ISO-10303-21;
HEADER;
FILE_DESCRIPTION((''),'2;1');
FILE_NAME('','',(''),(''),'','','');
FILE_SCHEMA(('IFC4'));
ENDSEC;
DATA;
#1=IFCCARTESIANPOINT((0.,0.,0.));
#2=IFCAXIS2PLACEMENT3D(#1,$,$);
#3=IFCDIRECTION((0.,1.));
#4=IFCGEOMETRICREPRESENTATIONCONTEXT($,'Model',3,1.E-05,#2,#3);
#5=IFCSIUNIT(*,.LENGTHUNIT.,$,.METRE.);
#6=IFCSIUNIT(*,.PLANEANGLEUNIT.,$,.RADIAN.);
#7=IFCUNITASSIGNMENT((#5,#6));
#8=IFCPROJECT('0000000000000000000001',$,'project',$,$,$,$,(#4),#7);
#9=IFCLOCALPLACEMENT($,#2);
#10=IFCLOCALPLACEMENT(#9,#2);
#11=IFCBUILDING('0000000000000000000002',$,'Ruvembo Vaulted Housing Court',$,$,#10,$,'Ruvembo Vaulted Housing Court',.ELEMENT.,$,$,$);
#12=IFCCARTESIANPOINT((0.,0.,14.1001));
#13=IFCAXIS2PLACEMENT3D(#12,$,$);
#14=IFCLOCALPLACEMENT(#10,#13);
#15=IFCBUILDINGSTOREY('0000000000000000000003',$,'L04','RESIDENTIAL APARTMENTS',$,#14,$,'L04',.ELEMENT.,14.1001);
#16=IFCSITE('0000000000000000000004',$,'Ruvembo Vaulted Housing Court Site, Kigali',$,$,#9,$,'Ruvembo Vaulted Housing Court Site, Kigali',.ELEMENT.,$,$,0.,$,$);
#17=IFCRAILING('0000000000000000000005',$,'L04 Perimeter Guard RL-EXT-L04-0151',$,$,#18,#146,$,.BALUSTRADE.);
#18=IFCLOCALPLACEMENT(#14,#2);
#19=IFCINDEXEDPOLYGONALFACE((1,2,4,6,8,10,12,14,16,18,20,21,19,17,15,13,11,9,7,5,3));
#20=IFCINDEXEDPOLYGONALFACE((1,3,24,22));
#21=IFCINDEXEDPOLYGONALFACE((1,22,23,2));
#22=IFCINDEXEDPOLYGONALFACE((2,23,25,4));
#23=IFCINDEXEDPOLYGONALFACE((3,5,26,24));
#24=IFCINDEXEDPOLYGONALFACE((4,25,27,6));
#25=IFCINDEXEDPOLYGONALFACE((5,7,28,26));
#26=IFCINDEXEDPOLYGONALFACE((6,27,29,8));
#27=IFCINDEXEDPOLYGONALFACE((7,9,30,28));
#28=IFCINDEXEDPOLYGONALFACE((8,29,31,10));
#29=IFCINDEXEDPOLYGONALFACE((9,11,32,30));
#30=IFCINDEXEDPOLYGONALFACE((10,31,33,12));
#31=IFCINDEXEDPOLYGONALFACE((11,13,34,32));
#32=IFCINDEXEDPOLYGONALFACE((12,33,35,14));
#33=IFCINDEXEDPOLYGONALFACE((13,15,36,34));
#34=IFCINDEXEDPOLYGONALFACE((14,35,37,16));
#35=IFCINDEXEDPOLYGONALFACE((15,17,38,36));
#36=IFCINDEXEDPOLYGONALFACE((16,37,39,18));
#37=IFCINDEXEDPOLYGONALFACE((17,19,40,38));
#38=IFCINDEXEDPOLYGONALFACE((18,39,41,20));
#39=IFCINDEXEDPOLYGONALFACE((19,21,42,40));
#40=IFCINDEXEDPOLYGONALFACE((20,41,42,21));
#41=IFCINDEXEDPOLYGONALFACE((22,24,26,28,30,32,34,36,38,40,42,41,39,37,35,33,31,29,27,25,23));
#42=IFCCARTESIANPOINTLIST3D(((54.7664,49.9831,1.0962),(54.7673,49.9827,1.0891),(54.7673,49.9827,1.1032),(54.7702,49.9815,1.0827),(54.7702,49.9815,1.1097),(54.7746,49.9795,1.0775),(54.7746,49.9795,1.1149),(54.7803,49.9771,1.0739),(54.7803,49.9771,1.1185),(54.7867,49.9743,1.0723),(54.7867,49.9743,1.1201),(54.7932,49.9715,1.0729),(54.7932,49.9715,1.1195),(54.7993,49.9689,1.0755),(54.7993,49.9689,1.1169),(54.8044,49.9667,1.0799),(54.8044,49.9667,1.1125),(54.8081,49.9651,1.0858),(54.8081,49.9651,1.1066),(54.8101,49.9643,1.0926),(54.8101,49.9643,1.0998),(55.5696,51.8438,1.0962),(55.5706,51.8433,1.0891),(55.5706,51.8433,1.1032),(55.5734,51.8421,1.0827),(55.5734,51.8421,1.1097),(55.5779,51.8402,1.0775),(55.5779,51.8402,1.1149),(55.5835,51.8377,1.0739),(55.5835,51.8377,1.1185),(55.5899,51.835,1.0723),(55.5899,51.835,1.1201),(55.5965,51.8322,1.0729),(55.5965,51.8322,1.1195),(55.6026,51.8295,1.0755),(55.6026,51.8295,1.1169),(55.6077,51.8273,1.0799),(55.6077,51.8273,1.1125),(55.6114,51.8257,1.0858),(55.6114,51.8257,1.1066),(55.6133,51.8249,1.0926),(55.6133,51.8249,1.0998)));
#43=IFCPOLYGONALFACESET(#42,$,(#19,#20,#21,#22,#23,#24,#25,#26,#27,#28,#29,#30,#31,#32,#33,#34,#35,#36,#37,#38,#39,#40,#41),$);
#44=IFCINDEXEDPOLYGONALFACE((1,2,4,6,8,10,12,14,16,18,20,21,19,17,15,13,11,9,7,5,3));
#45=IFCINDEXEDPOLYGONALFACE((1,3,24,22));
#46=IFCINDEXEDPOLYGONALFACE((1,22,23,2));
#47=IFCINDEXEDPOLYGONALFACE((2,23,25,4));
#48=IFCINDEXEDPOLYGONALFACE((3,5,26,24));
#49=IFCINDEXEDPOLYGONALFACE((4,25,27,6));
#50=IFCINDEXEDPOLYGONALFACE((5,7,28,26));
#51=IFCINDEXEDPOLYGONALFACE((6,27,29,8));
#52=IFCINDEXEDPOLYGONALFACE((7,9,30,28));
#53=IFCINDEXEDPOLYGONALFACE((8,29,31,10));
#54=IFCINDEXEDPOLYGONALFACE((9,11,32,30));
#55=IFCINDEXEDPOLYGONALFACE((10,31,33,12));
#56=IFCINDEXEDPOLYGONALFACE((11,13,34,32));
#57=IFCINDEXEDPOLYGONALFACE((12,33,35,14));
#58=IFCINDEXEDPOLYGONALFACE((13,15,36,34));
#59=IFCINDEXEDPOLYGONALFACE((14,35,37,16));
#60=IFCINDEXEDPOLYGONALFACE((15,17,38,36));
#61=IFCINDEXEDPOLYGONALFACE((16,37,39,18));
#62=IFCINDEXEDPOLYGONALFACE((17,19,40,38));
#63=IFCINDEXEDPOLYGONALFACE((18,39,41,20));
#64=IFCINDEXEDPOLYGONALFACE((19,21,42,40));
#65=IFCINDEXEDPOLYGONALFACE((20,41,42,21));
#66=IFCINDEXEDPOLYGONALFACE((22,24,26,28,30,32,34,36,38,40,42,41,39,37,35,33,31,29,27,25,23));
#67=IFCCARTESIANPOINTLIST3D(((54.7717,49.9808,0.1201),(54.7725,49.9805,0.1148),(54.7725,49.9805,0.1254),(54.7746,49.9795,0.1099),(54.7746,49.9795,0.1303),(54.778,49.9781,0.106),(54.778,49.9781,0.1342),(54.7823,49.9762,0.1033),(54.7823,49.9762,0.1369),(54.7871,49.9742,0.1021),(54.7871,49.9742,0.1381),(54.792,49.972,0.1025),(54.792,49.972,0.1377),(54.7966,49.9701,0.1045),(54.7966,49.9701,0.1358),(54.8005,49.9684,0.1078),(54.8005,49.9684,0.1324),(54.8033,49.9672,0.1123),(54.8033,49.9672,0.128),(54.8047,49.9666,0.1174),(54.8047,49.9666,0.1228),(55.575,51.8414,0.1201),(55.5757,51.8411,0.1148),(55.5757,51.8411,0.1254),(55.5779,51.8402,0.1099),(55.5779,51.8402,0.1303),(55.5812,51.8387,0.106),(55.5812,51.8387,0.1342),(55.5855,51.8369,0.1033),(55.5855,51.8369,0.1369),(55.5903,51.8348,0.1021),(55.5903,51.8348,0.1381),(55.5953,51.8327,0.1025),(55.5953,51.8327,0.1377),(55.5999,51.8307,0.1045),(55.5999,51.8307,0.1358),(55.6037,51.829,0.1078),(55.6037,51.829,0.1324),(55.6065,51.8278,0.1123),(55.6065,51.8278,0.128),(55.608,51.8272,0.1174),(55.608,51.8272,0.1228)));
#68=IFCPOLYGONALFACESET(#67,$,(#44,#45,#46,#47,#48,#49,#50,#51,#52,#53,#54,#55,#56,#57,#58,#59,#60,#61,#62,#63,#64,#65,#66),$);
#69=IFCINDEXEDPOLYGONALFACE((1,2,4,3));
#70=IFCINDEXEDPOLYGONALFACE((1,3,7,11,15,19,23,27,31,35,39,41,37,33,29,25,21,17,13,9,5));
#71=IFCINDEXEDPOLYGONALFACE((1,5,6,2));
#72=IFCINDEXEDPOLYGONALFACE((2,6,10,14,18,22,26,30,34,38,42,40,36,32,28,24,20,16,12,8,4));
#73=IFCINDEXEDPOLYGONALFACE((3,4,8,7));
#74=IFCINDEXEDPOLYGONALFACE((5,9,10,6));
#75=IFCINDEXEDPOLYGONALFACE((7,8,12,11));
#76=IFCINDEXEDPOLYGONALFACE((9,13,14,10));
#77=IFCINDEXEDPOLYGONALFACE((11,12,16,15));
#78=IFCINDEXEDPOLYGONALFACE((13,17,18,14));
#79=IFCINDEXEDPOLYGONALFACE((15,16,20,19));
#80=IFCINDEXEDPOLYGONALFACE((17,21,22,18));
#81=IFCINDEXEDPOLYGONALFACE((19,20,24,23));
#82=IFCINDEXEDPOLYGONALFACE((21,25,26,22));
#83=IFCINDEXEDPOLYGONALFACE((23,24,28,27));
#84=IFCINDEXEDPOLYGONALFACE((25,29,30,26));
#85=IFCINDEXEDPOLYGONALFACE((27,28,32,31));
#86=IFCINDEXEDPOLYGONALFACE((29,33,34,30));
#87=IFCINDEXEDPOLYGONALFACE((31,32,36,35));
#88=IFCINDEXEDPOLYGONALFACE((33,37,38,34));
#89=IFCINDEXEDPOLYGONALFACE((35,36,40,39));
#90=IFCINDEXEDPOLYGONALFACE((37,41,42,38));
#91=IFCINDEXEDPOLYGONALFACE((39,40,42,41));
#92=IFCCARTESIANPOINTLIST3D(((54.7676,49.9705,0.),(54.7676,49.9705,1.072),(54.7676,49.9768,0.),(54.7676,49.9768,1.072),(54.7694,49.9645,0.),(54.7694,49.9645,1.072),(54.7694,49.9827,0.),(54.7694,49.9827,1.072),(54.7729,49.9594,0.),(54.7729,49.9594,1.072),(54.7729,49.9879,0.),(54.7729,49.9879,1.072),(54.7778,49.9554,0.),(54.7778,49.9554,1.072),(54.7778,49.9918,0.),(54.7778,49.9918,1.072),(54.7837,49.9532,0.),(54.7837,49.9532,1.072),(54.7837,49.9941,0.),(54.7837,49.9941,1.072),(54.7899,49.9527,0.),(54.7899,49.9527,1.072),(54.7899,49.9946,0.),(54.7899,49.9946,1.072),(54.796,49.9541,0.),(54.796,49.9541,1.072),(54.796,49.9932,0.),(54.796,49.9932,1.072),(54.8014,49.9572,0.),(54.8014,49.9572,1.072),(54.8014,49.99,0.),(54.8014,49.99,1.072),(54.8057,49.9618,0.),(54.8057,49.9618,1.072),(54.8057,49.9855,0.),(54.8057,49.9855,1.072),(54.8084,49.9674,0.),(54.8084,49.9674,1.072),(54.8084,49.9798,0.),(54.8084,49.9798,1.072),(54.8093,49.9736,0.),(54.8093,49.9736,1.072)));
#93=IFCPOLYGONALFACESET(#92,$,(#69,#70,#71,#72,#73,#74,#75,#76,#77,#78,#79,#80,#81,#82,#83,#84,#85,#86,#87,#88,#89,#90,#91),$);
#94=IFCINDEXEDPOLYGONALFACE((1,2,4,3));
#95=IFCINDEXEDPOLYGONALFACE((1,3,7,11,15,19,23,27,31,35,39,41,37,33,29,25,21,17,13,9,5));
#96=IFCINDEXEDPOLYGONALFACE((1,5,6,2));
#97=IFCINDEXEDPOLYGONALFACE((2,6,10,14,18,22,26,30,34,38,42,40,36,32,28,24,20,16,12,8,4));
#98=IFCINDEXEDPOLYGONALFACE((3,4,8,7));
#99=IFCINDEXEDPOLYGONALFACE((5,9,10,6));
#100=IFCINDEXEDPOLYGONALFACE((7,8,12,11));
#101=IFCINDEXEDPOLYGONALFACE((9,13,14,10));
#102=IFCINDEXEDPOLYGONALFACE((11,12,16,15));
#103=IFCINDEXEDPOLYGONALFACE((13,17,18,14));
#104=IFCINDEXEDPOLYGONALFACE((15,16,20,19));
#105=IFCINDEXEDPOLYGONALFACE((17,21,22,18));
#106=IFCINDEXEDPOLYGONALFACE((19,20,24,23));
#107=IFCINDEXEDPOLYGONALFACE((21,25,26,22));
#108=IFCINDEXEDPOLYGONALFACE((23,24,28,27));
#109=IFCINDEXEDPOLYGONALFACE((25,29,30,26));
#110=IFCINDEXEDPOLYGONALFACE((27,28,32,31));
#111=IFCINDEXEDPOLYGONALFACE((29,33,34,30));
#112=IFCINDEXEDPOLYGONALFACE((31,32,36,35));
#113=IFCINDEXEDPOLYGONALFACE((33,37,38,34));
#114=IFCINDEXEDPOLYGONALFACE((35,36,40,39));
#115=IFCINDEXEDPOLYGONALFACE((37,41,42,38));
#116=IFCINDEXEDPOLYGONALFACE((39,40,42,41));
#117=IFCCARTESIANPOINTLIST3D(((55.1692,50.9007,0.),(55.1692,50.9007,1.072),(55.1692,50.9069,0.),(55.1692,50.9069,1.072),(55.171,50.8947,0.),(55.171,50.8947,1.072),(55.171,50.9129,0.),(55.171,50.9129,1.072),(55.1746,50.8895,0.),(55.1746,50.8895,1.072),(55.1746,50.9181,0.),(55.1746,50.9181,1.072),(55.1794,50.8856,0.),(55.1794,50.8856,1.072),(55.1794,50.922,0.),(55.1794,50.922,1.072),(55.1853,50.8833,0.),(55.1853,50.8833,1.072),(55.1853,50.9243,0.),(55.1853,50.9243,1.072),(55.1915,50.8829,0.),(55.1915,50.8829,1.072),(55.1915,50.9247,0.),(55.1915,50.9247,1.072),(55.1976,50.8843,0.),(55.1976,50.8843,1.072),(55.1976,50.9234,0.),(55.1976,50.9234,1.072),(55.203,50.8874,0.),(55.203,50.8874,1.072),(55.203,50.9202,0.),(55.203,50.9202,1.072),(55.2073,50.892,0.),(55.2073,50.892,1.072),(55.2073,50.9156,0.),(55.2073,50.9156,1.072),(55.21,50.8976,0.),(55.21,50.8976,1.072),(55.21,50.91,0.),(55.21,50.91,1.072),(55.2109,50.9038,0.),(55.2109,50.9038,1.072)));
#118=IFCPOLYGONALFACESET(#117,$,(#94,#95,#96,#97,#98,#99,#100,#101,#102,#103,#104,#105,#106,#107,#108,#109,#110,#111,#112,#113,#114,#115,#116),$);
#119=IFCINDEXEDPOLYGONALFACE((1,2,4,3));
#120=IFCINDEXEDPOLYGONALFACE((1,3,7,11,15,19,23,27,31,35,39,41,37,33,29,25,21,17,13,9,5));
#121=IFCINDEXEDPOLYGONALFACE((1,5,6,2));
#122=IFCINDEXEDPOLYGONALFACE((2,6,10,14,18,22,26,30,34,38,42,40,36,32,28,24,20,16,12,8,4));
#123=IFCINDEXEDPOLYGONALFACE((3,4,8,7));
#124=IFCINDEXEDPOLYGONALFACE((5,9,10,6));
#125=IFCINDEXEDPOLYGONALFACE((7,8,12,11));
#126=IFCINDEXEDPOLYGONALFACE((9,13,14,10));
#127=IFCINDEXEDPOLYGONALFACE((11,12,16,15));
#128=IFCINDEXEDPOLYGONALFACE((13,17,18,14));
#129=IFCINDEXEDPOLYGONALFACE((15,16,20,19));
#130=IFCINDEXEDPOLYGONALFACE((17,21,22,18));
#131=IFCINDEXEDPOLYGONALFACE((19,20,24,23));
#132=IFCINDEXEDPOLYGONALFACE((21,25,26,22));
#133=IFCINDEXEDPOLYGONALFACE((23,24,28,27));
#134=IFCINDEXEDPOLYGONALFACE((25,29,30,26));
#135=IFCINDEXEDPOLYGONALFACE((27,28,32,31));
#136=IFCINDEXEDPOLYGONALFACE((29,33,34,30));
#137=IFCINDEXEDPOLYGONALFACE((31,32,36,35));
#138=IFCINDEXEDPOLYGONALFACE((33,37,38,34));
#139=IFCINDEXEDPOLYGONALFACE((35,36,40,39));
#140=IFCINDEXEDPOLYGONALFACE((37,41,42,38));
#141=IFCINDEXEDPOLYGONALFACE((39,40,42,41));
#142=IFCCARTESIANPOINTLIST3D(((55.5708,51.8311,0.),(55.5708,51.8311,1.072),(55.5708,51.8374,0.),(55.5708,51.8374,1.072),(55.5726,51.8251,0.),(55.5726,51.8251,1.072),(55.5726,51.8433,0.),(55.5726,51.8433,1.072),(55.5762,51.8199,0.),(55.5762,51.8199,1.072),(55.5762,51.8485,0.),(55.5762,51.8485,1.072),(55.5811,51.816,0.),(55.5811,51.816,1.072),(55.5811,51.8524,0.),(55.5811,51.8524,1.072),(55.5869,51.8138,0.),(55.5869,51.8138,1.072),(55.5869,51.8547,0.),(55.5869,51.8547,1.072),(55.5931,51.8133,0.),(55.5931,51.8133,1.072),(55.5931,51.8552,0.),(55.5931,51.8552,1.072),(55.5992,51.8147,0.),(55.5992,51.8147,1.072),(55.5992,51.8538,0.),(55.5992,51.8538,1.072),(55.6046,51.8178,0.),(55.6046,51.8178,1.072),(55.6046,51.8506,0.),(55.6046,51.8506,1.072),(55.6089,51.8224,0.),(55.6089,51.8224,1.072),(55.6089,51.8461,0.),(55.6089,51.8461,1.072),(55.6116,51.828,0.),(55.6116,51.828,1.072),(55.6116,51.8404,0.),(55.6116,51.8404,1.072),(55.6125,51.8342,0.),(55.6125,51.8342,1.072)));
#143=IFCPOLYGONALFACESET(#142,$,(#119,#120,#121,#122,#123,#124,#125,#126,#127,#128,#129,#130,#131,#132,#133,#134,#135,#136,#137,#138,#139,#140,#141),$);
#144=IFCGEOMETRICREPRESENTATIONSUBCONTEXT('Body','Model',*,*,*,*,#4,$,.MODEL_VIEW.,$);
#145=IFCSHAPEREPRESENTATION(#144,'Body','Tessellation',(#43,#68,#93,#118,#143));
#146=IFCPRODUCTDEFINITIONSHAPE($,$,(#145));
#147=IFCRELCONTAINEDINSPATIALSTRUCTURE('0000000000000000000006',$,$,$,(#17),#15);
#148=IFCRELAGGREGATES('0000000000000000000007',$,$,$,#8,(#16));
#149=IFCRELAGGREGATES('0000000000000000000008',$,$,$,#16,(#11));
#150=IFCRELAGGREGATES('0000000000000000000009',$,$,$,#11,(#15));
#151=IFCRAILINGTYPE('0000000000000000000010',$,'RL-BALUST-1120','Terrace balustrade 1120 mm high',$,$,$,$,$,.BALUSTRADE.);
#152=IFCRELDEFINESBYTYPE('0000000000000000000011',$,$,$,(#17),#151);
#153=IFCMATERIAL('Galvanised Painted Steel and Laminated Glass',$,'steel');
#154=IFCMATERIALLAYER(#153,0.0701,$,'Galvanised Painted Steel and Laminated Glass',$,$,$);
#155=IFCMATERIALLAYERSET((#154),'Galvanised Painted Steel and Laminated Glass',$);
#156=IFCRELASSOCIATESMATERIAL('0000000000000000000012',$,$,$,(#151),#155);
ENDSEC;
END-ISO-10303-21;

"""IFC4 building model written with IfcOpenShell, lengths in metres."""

from ifc_helpers import new_model, si_unit, direction, frame, origin, origin_2d, place, context, subcontext, project, spatial, circle, extrude, material, layer, layer_set, type_object, element, save


model = new_model("IFC4")

# Units and contexts
model_context = context("Model", 3, precision=1e-05, world=origin(), true_north=direction((0.0, 1.0)))
body_context = subcontext(model_context, "Body", "Model", "MODEL_VIEW")
ifc_project = project(units=[si_unit("LENGTHUNIT", "METRE"), si_unit("PLANEANGLEUNIT", "RADIAN")], contexts=[model_context])

# Site, building, storey
site_placement = place(None, origin())
site = spatial("IfcSite", under=ifc_project, at=site_placement, Name="Ruvembo Vaulted Housing Court Site, Kigali", LongName="Ruvembo Vaulted Housing Court Site, Kigali", CompositionType="ELEMENT", RefElevation=0.0)
building_placement = place(site_placement, origin())
building = spatial("IfcBuilding", under=site, at=building_placement, Name="Ruvembo Vaulted Housing Court", LongName="Ruvembo Vaulted Housing Court", CompositionType="ELEMENT")
storey_placement = place(building_placement, frame((0.0, 0.0, 14.1001)))
storey = spatial("IfcBuildingStorey", under=building, at=storey_placement, Name="L04", Description="RESIDENTIAL APARTMENTS", LongName="L04", CompositionType="ELEMENT", Elevation=14.1001)

# Railing
ifc_material_1 = material(Name="Galvanised Painted Steel and Laminated Glass", Category="steel")
ifc_layer_1 = layer(ifc_material_1, 0.0701, Name="Galvanised Painted Steel and Laminated Glass")
ifc_layer_set_1 = layer_set([ifc_layer_1], Name="Galvanised Painted Steel and Laminated Glass")
railing_type = type_object("IfcRailingType", Name="RL-BALUST-1120", Description="Terrace balustrade 1120 mm high", PredefinedType="BALUSTRADE", material=ifc_layer_set_1)
railing_1_placement = place(storey_placement, frame((54.7883, 49.9736, 0.0)))
element("IfcRailing", 1, at=railing_1_placement, inside=storey, type_object=railing_type, Name="L04 Perimeter Guard RL-EXT-L04-0151", PredefinedType="BALUSTRADE", context=body_context, shape_type="SweptSolid", body=[
    extrude(circle(Radius=0.0239, at=origin_2d()), frame((0.0, 0.0, 1.0962), z_axis=(0.396346, 0.918101, 0.0), x_axis=(-0.918101, 0.396346, 0.0)), (0.0, 0.0, 1.0), 2.0266),
    extrude(circle(Radius=0.0181, at=origin_2d()), frame((0.0, 0.0, 0.1201), z_axis=(0.396346, 0.918101, 0.0), x_axis=(-0.918101, 0.396346, 0.0)), (0.0, 0.0, 1.0), 2.0266),
    extrude(circle(Radius=0.021, at=origin_2d()), origin(), (0.0, 0.0, 1.0), 1.072),
    extrude(circle(Radius=0.021, at=origin_2d()), frame((0.4016, 0.9302, 0.0)), (0.0, 0.0, 1.0), 1.072),
    extrude(circle(Radius=0.021, at=origin_2d()), frame((0.8032, 1.8606, 0.0)), (0.0, 0.0, 1.0), 1.072),
])

save(model, "model.ifc")
